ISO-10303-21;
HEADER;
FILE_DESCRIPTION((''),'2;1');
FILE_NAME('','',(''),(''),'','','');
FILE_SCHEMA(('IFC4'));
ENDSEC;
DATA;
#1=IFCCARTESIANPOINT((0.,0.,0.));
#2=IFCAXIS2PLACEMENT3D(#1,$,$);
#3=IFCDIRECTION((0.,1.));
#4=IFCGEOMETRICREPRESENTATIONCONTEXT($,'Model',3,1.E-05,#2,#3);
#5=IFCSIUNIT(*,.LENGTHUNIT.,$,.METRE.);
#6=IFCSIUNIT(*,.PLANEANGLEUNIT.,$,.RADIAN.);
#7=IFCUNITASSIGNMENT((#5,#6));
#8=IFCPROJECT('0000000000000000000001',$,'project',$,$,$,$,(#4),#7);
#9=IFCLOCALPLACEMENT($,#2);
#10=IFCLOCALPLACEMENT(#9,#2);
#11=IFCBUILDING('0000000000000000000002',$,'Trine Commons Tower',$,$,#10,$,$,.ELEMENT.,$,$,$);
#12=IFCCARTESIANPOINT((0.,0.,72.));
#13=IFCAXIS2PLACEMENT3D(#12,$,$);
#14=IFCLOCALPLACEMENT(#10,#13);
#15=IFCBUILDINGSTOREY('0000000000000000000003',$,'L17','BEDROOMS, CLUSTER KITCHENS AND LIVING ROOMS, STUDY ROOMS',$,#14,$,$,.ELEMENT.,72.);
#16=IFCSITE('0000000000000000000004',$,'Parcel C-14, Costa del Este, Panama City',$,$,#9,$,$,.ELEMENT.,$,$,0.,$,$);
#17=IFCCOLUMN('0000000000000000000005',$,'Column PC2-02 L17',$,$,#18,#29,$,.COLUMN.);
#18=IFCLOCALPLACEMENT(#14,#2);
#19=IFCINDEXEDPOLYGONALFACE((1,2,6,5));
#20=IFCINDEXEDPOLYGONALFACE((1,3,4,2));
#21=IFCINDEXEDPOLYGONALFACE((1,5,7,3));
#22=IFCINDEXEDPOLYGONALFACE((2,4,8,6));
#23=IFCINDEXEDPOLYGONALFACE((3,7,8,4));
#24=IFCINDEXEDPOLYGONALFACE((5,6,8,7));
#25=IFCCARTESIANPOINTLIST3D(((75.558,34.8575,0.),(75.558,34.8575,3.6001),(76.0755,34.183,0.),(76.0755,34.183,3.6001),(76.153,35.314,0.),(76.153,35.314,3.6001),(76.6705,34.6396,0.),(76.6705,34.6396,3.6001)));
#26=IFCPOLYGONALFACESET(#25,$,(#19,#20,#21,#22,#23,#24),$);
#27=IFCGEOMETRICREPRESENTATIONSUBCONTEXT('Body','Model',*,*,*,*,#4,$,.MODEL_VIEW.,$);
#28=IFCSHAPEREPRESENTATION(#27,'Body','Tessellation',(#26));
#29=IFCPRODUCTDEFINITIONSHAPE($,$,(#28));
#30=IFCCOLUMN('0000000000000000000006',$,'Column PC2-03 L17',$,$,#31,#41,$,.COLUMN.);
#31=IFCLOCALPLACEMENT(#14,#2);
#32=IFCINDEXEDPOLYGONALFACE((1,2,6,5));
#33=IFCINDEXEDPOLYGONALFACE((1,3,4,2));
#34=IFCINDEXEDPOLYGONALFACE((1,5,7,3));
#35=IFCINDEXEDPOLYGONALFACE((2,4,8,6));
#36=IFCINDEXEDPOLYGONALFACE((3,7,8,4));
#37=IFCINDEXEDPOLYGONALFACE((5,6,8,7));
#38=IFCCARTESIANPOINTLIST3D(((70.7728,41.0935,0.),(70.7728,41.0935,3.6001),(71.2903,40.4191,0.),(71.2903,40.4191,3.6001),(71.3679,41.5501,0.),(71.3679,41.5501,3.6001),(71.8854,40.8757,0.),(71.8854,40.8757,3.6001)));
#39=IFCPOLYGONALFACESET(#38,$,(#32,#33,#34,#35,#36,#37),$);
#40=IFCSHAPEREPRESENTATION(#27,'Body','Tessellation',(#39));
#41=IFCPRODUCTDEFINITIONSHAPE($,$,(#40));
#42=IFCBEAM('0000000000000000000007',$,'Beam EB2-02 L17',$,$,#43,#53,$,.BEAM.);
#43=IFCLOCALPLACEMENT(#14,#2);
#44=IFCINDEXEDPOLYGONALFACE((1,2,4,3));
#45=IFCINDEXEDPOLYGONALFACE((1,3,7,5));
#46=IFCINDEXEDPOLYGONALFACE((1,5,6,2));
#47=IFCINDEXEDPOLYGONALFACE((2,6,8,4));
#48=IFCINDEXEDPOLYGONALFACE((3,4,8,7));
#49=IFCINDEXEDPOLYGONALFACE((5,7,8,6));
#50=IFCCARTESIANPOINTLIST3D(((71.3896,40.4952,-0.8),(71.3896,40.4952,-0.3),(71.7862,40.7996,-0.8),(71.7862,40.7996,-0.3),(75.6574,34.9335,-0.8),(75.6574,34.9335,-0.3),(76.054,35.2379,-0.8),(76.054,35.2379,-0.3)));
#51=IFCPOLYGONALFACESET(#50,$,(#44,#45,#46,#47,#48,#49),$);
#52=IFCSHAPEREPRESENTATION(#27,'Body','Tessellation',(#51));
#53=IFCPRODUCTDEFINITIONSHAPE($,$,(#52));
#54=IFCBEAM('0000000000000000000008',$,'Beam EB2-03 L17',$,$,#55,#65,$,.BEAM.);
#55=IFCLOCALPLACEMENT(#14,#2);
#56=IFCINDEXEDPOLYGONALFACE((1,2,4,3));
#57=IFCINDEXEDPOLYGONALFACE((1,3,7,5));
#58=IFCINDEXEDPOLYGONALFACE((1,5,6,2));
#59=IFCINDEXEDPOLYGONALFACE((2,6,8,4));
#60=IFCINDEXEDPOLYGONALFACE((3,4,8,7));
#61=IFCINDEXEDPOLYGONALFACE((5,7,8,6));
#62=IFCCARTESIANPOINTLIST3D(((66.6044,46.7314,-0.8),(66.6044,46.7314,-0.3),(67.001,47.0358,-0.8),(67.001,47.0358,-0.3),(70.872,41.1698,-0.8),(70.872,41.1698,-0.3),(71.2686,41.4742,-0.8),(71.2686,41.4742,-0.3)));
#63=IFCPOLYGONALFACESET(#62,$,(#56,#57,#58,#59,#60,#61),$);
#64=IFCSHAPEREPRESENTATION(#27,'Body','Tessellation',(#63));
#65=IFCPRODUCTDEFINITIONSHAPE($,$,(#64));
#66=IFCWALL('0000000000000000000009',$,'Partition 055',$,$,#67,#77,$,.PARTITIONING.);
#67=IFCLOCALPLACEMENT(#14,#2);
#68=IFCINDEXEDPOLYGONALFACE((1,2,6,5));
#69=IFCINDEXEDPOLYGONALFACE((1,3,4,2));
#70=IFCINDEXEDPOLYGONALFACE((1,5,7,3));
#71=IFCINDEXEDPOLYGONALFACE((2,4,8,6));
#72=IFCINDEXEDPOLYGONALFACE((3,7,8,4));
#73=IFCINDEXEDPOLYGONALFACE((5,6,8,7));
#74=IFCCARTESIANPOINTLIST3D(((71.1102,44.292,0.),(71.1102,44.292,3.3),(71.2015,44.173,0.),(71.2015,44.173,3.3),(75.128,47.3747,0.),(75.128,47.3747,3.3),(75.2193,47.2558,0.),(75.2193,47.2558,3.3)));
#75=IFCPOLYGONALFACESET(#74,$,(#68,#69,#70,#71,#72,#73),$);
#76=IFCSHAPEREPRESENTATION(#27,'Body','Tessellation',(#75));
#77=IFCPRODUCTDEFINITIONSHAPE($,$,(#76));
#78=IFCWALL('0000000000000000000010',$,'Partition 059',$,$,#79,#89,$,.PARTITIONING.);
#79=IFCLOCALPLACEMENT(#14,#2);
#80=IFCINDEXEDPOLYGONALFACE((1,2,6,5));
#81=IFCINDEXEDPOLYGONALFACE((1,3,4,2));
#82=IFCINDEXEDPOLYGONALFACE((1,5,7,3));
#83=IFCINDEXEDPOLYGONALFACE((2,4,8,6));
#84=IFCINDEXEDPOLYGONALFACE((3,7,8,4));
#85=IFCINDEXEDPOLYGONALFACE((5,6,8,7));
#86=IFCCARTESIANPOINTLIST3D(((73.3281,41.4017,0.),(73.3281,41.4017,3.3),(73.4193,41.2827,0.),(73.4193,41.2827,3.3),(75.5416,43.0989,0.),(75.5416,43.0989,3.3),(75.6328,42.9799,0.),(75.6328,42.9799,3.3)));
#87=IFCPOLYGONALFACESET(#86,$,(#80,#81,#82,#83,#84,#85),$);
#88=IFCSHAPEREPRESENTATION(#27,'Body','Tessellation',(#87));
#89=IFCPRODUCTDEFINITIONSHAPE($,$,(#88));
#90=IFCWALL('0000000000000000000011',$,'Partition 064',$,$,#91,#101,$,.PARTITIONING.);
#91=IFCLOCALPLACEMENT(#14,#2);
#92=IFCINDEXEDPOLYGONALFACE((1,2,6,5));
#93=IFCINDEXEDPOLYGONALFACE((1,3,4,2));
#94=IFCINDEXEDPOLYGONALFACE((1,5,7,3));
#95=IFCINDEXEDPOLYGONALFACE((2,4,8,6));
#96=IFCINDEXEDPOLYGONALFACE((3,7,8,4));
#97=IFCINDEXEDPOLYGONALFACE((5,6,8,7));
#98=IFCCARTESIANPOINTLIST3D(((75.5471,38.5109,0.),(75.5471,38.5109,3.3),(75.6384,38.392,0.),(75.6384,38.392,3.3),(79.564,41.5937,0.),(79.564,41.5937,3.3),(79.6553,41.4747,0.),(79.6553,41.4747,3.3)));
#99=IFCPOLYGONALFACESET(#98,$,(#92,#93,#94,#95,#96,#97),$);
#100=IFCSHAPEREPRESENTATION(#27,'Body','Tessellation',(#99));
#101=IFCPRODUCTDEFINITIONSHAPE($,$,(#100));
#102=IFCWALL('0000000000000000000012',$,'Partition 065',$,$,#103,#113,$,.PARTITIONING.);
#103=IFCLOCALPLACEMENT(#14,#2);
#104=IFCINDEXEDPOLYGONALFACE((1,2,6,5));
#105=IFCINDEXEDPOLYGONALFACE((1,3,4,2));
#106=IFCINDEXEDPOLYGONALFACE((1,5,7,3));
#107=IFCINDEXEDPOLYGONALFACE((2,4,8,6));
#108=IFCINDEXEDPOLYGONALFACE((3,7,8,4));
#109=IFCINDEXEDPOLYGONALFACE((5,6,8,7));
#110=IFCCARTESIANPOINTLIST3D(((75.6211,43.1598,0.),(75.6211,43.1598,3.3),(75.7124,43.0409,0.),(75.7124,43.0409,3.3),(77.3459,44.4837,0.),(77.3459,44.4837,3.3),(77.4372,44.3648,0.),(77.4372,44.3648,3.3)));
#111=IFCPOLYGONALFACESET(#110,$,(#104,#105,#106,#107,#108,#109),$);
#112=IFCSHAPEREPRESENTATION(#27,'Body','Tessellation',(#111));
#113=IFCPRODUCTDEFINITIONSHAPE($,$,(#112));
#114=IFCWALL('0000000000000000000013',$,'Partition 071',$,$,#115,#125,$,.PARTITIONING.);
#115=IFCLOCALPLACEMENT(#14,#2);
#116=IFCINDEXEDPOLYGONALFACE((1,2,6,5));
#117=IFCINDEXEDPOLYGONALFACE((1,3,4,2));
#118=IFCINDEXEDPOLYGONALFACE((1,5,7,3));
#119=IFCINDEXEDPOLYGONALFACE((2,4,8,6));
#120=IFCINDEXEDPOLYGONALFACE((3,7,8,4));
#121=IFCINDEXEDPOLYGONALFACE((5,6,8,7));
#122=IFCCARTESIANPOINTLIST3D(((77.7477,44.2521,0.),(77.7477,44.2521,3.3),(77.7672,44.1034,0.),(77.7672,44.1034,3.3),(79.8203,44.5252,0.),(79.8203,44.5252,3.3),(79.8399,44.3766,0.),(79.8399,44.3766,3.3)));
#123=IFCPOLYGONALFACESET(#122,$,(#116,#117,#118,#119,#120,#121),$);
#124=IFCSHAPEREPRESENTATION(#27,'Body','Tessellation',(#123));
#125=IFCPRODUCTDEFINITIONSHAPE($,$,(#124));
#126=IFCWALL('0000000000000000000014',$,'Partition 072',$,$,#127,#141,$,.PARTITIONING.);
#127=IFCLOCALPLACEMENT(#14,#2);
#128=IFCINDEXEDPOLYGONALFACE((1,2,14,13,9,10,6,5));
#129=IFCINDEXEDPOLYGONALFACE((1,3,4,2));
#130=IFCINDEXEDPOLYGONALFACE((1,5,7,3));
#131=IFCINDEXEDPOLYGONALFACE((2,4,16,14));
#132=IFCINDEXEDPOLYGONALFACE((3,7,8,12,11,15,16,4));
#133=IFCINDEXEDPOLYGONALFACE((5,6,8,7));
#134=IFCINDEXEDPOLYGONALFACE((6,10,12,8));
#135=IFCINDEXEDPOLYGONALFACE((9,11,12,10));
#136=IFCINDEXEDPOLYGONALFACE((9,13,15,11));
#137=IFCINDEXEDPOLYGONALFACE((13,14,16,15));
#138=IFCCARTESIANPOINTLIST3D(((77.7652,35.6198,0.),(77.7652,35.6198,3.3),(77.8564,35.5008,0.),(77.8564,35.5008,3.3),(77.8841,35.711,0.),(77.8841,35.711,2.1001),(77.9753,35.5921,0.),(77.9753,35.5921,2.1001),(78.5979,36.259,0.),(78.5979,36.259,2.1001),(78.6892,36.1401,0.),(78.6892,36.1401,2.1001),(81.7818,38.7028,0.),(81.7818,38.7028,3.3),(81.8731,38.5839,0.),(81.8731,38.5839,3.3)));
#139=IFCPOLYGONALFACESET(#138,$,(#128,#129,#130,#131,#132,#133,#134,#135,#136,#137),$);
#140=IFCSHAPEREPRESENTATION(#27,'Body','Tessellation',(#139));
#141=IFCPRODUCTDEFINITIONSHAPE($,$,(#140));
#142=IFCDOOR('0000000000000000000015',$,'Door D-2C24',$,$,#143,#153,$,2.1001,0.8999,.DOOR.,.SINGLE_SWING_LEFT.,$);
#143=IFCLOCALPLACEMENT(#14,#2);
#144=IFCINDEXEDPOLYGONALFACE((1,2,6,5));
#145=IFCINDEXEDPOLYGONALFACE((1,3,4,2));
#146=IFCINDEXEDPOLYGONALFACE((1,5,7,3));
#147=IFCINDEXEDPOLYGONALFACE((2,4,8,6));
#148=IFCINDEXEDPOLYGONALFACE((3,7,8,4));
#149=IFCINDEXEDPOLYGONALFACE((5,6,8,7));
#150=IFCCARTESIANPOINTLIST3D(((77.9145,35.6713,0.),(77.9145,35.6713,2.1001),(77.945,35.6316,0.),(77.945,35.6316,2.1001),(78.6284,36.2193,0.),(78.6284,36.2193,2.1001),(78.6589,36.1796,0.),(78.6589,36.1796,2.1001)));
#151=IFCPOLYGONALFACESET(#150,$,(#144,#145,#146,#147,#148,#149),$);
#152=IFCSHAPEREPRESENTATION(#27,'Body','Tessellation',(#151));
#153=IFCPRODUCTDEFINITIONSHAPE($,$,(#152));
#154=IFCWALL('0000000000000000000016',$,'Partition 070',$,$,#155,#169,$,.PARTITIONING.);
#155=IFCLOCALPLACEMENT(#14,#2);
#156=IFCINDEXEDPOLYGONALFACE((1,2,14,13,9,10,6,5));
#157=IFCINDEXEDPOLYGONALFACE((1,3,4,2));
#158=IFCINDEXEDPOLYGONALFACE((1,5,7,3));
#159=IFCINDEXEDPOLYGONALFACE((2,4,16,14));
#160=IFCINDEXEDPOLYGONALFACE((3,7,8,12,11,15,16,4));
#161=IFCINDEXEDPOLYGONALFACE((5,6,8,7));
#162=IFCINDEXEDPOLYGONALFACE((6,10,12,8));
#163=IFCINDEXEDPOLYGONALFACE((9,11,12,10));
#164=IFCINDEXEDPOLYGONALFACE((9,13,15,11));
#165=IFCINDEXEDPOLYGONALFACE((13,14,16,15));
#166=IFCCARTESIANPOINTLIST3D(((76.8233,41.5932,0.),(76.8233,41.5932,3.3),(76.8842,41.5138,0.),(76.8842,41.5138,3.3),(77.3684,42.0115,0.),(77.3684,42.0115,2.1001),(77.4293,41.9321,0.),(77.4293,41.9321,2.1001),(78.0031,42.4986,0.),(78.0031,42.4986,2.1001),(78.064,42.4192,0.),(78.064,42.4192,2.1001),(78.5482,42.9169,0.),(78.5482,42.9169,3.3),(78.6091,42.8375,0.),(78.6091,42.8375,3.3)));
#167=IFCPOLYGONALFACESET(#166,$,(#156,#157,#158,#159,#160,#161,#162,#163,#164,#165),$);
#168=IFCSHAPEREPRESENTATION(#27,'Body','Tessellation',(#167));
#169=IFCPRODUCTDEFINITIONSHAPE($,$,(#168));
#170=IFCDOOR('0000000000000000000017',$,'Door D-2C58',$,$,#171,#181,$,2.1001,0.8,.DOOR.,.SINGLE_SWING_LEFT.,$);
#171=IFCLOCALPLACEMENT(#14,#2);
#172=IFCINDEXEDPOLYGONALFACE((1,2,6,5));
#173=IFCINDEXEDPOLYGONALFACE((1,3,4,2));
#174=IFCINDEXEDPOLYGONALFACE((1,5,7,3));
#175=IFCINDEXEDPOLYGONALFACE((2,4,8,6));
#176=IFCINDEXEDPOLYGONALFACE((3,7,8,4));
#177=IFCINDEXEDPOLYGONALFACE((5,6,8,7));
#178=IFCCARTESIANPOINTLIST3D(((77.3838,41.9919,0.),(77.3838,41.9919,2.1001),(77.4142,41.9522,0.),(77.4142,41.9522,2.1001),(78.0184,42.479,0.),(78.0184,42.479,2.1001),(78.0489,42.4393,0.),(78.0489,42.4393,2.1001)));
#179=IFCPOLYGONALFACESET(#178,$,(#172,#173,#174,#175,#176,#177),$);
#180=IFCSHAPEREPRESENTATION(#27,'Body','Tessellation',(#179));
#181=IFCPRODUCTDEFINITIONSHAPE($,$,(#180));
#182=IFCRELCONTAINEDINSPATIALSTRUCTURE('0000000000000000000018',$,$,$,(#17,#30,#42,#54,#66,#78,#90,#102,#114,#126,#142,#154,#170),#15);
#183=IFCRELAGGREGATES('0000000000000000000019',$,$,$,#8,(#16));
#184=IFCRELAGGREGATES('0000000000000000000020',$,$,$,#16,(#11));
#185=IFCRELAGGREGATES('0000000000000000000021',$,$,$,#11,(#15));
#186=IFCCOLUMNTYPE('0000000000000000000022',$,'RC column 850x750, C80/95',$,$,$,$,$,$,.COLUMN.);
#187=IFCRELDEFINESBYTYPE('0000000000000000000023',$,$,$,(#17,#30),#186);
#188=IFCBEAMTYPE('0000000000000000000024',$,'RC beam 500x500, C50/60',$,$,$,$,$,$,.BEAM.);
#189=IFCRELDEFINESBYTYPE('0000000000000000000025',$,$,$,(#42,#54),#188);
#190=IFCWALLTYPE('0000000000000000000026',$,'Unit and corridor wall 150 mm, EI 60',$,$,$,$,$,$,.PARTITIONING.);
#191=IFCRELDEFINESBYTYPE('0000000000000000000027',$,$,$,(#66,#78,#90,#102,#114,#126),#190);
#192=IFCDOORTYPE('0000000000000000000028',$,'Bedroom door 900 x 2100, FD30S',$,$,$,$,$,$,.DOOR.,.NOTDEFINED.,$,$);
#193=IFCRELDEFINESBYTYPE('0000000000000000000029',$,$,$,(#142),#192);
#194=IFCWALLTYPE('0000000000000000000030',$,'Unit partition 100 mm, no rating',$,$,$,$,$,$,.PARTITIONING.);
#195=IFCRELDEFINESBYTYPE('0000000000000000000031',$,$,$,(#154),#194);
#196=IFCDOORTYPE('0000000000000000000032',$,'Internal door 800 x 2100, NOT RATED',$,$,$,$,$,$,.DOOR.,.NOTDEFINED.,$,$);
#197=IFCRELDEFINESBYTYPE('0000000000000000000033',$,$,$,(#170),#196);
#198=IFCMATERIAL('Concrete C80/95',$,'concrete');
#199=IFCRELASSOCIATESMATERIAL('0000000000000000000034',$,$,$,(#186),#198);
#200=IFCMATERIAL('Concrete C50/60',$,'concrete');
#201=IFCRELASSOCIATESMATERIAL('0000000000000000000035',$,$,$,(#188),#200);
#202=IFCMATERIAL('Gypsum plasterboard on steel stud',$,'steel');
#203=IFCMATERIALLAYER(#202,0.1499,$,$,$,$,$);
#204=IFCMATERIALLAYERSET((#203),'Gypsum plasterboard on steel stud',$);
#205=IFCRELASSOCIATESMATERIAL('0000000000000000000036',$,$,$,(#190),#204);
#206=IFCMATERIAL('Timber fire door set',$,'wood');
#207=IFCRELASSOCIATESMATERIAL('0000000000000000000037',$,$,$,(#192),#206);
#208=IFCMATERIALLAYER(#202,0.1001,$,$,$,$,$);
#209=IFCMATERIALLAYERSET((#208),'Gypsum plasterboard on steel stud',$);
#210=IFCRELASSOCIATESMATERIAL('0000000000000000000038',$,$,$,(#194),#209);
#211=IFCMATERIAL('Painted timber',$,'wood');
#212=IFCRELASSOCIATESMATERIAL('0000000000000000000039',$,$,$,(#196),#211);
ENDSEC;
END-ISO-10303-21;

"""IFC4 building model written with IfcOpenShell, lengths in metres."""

from ifc_helpers import new_model, si_unit, direction, frame, frame_2d, origin, origin_2d, place, context, subcontext, project, spatial, rectangle, extrude, material, layer, layer_set, material_profile, profile_set, type_object, element, fill, save


model = new_model("IFC4")

# Units and contexts
model_context = context("Model", 3, precision=1e-05, world=origin(), true_north=direction((0.0, 1.0)))
body_context = subcontext(model_context, "Body", "Model", "MODEL_VIEW")
ifc_project = project(units=[si_unit("LENGTHUNIT", "METRE"), si_unit("PLANEANGLEUNIT", "RADIAN")], contexts=[model_context])

# Site, building, storey
site_placement = place(None, origin())
site = spatial("IfcSite", under=ifc_project, at=site_placement, Name="Parcel C-14, Costa del Este, Panama City", CompositionType="ELEMENT", RefElevation=0.0)
building_placement = place(site_placement, origin())
building = spatial("IfcBuilding", under=site, at=building_placement, Name="Trine Commons Tower", CompositionType="ELEMENT")
storey_placement = place(building_placement, frame((0.0, 0.0, 72.0)))
storey = spatial("IfcBuildingStorey", under=building, at=storey_placement, Name="L17", Description="BEDROOMS, CLUSTER KITCHENS AND LIVING ROOMS, STUDY ROOMS", CompositionType="ELEMENT", Elevation=72.0)

# Columns
ifc_material_1 = material(Name="Concrete C80/95", Category="concrete")
ifc_material_profile_1 = material_profile(ifc_material_1, rectangle(XDim=0.8501, YDim=0.75, at=origin_2d()), Name="RC 850x750")
ifc_profile_set_1 = profile_set([ifc_material_profile_1], Name="Concrete C80/95")
column_type = type_object("IfcColumnType", Name="RC column 850x750, C80/95", PredefinedType="COLUMN", material=ifc_profile_set_1)
for number, where, z_axis, x_axis, name in (
    (1, (76.1143, 34.7485, 0.0), (0.0, 0.0, 1.0), (-0.608761, 0.793353, 0.0), "Column PC2-02 L17"),
    (2, (71.3291, 40.9846, 0.0), (0.0, 0.0, 1.0), (-0.608761, 0.793353, 0.0), "Column PC2-03 L17"),
):
    element("IfcColumn", number, at=place(storey_placement, frame(where, z_axis=z_axis, x_axis=x_axis)), inside=storey, type_object=column_type, Name=name, PredefinedType="COLUMN", context=body_context, shape_type="SweptSolid", body=[
        extrude(rectangle(XDim=0.8501, YDim=0.75, at=origin_2d()), origin(), (0.0, 0.0, 1.0), 3.6001),
    ])

# Beams
ifc_material_2 = material(Name="Concrete C50/60", Category="concrete")
ifc_material_profile_2 = material_profile(ifc_material_2, rectangle(XDim=0.5, YDim=0.5, at=origin_2d()), Name="RC 500x500")
ifc_profile_set_2 = profile_set([ifc_material_profile_2], Name="Concrete C50/60")
beam_type = type_object("IfcBeamType", Name="RC beam 500x500, C50/60", PredefinedType="BEAM", material=ifc_profile_set_2)
beam_1_placement = place(storey_placement, frame((75.8557, 35.0857, -0.55), z_axis=(-0.608773, 0.793345, 0.0), x_axis=(-0.793345, -0.608773, 0.0)))
element("IfcBeam", 3, at=beam_1_placement, inside=storey, type_object=beam_type, Name="Beam EB2-02 L17", PredefinedType="BEAM", context=body_context, shape_type="SweptSolid", body=[
    extrude(rectangle(XDim=0.5, YDim=0.5, at=origin_2d()), origin(), (0.0, 0.0, 1.0), 7.0105),
])
beam_2_placement = place(storey_placement, frame((71.0703, 41.322, -0.55), z_axis=(-0.608768, 0.793348, 0.0), x_axis=(-0.793348, -0.608768, 0.0)))
element("IfcBeam", 4, at=beam_2_placement, inside=storey, type_object=beam_type, Name="Beam EB2-03 L17", PredefinedType="BEAM", context=body_context, shape_type="SweptSolid", body=[
    extrude(rectangle(XDim=0.5, YDim=0.5, at=origin_2d()), origin(), (0.0, 0.0, 1.0), 7.0103),
])

# Walls
ifc_material_3 = material(Name="Gypsum plasterboard on steel stud", Category="steel")
ifc_layer_1 = layer(ifc_material_3, 0.1499)
ifc_layer_set_1 = layer_set([ifc_layer_1], Name="Gypsum plasterboard on steel stud")
wall_type_1 = type_object("IfcWallType", Name="Unit and corridor wall 150 mm, EI 60", PredefinedType="PARTITIONING", material=ifc_layer_set_1)
wall_1_placement = place(storey_placement, frame((71.1558, 44.2324, 0.0), z_axis=(0.0, 0.0, 1.0), x_axis=(0.793374, 0.608734, 0.0)))
element("IfcWall", 5, at=wall_1_placement, inside=storey, type_object=wall_type_1, Name="Partition 055", PredefinedType="PARTITIONING", context=body_context, shape_type="SweptSolid", body=[
    extrude(rectangle(XDim=5.0642, YDim=0.1499, at=frame_2d((2.5322, 0.0))), origin(), (0.0, 0.0, 1.0), 3.3),
])
wall_2_placement = place(storey_placement, frame((73.3738, 41.3423, 0.0), z_axis=(0.0, 0.0, 1.0), x_axis=(0.79358, 0.608466, 0.0)))
element("IfcWall", 6, at=wall_2_placement, inside=storey, type_object=wall_type_1, Name="Partition 059", PredefinedType="PARTITIONING", context=body_context, shape_type="SweptSolid", body=[
    extrude(rectangle(XDim=2.7893, YDim=0.1499, at=frame_2d((1.3945, 0.0))), origin(), (0.0, 0.0, 1.0), 3.3),
])
wall_3_placement = place(storey_placement, frame((75.5928, 38.4514, 0.0), z_axis=(0.0, 0.0, 1.0), x_axis=(0.793303, 0.608827, 0.0)))
element("IfcWall", 7, at=wall_3_placement, inside=storey, type_object=wall_type_1, Name="Partition 064", PredefinedType="PARTITIONING", context=body_context, shape_type="SweptSolid", body=[
    extrude(rectangle(XDim=5.0635, YDim=0.1499, at=frame_2d((2.5317, 0.0))), origin(), (0.0, 0.0, 1.0), 3.3),
])
wall_4_placement = place(storey_placement, frame((75.6667, 43.1003, 0.0), z_axis=(0.0, 0.0, 1.0), x_axis=(0.793254, 0.608891, 0.0)))
element("IfcWall", 8, at=wall_4_placement, inside=storey, type_object=wall_type_1, Name="Partition 065", PredefinedType="PARTITIONING", context=body_context, shape_type="SweptSolid", body=[
    extrude(rectangle(XDim=2.1743, YDim=0.1499, at=frame_2d((1.0872, 0.0))), origin(), (0.0, 0.0, 1.0), 3.3),
])
wall_5_placement = place(storey_placement, frame((77.7573, 44.1777, 0.0), z_axis=(0.0, 0.0, 1.0), x_axis=(0.991426, 0.130672, 0.0)))
element("IfcWall", 9, at=wall_5_placement, inside=storey, type_object=wall_type_1, Name="Partition 071", PredefinedType="PARTITIONING", context=body_context, shape_type="SweptSolid", body=[
    extrude(rectangle(XDim=2.0906, YDim=0.1499, at=frame_2d((1.0454, 0.0))), origin(), (0.0, 0.0, 1.0), 3.3),
])

# Walls, openings, doors
wall_6_placement = place(storey_placement, frame((77.8108, 35.5603, 0.0), z_axis=(0.0, 0.0, 1.0), x_axis=(0.793262, 0.608881, 0.0)))
wall_6 = element("IfcWall", 10, at=wall_6_placement, inside=storey, type_object=wall_type_1, Name="Partition 072", PredefinedType="PARTITIONING", context=body_context, shape_type="SweptSolid", body=[
    extrude(rectangle(XDim=5.0635, YDim=0.1499, at=frame_2d((2.5317, 0.0))), origin(), (0.0, 0.0, 1.0), 3.3),
])
opening_1_placement = place(wall_6_placement, frame((0.1499, 0.0, 0.0)))
opening_1 = element("IfcOpeningElement", 11, at=opening_1_placement, cuts=wall_6, PredefinedType="OPENING", context=body_context, shape_type="SweptSolid", body=[
    extrude(rectangle(XDim=0.8999, YDim=2.1001, at=frame_2d((0.45, 1.05))), frame((0.0, 0.085, 0.0), z_axis=(0.0, -1.0, 0.0), x_axis=(1.0, 0.0, 0.0)), (0.0, 0.0, 1.0), 0.1699),
])
ifc_material_4 = material(Name="Timber fire door set", Category="wood")
door_type_1 = type_object("IfcDoorType", Name="Bedroom door 900 x 2100, FD30S", OperationType="NOTDEFINED", PredefinedType="DOOR", material=ifc_material_4)
door_1_placement = place(opening_1_placement, origin())
door_1 = element("IfcDoor", 12, at=door_1_placement, inside=storey, type_object=door_type_1, Name="Door D-2C24", OperationType="SINGLE_SWING_LEFT", OverallHeight=2.1001, OverallWidth=0.8999, PredefinedType="DOOR", context=body_context, shape_type="SweptSolid", body=[
    extrude(rectangle(XDim=0.8999, YDim=2.1001, at=frame_2d((0.45, 1.05))), frame((0.0, 0.0249, 0.0), z_axis=(0.0, -1.0, 0.0), x_axis=(1.0, 0.0, 0.0)), (0.0, 0.0, 1.0), 0.05),
])
fill(opening_1, door_1)
ifc_layer_2 = layer(ifc_material_3, 0.1001)
ifc_layer_set_2 = layer_set([ifc_layer_2], Name="Gypsum plasterboard on steel stud")
wall_type_2 = type_object("IfcWallType", Name="Unit partition 100 mm, no rating", PredefinedType="PARTITIONING", material=ifc_layer_set_2)
wall_7_placement = place(storey_placement, frame((76.8538, 41.5535, 0.0), z_axis=(0.0, 0.0, 1.0), x_axis=(0.793308, 0.60882, 0.0)))
wall_7 = element("IfcWall", 13, at=wall_7_placement, inside=storey, type_object=wall_type_2, Name="Partition 070", PredefinedType="PARTITIONING", context=body_context, shape_type="SweptSolid", body=[
    extrude(rectangle(XDim=2.1743, YDim=0.1001, at=frame_2d((1.0872, 0.0))), origin(), (0.0, 0.0, 1.0), 3.3),
])
opening_2_placement = place(wall_7_placement, frame((0.6873, 0.0, 0.0)))
opening_2 = element("IfcOpeningElement", 14, at=opening_2_placement, cuts=wall_7, PredefinedType="OPENING", context=body_context, shape_type="SweptSolid", body=[
    extrude(rectangle(XDim=0.8, YDim=2.1001, at=frame_2d((0.3999, 1.05))), frame((0.0, 0.0601, 0.0), z_axis=(0.0, -1.0, 0.0), x_axis=(1.0, 0.0, 0.0)), (0.0, 0.0, 1.0), 0.1201),
])
ifc_material_5 = material(Name="Painted timber", Category="wood")
door_type_2 = type_object("IfcDoorType", Name="Internal door 800 x 2100, NOT RATED", OperationType="NOTDEFINED", PredefinedType="DOOR", material=ifc_material_5)
door_2_placement = place(opening_2_placement, frame((0.8, 0.0, 0.0), z_axis=(0.0, 0.0, 1.0), x_axis=(-1.0, 0.0, 0.0)))
door_2 = element("IfcDoor", 15, at=door_2_placement, inside=storey, type_object=door_type_2, Name="Door D-2C58", OperationType="SINGLE_SWING_LEFT", OverallHeight=2.1001, OverallWidth=0.8, PredefinedType="DOOR", context=body_context, shape_type="SweptSolid", body=[
    extrude(rectangle(XDim=0.8, YDim=2.1001, at=frame_2d((0.3999, 1.05))), frame((0.0, 0.0249, 0.0), z_axis=(0.0, -1.0, 0.0), x_axis=(1.0, 0.0, 0.0)), (0.0, 0.0, 1.0), 0.05),
])
fill(opening_2, door_2)

save(model, "model.ifc")
